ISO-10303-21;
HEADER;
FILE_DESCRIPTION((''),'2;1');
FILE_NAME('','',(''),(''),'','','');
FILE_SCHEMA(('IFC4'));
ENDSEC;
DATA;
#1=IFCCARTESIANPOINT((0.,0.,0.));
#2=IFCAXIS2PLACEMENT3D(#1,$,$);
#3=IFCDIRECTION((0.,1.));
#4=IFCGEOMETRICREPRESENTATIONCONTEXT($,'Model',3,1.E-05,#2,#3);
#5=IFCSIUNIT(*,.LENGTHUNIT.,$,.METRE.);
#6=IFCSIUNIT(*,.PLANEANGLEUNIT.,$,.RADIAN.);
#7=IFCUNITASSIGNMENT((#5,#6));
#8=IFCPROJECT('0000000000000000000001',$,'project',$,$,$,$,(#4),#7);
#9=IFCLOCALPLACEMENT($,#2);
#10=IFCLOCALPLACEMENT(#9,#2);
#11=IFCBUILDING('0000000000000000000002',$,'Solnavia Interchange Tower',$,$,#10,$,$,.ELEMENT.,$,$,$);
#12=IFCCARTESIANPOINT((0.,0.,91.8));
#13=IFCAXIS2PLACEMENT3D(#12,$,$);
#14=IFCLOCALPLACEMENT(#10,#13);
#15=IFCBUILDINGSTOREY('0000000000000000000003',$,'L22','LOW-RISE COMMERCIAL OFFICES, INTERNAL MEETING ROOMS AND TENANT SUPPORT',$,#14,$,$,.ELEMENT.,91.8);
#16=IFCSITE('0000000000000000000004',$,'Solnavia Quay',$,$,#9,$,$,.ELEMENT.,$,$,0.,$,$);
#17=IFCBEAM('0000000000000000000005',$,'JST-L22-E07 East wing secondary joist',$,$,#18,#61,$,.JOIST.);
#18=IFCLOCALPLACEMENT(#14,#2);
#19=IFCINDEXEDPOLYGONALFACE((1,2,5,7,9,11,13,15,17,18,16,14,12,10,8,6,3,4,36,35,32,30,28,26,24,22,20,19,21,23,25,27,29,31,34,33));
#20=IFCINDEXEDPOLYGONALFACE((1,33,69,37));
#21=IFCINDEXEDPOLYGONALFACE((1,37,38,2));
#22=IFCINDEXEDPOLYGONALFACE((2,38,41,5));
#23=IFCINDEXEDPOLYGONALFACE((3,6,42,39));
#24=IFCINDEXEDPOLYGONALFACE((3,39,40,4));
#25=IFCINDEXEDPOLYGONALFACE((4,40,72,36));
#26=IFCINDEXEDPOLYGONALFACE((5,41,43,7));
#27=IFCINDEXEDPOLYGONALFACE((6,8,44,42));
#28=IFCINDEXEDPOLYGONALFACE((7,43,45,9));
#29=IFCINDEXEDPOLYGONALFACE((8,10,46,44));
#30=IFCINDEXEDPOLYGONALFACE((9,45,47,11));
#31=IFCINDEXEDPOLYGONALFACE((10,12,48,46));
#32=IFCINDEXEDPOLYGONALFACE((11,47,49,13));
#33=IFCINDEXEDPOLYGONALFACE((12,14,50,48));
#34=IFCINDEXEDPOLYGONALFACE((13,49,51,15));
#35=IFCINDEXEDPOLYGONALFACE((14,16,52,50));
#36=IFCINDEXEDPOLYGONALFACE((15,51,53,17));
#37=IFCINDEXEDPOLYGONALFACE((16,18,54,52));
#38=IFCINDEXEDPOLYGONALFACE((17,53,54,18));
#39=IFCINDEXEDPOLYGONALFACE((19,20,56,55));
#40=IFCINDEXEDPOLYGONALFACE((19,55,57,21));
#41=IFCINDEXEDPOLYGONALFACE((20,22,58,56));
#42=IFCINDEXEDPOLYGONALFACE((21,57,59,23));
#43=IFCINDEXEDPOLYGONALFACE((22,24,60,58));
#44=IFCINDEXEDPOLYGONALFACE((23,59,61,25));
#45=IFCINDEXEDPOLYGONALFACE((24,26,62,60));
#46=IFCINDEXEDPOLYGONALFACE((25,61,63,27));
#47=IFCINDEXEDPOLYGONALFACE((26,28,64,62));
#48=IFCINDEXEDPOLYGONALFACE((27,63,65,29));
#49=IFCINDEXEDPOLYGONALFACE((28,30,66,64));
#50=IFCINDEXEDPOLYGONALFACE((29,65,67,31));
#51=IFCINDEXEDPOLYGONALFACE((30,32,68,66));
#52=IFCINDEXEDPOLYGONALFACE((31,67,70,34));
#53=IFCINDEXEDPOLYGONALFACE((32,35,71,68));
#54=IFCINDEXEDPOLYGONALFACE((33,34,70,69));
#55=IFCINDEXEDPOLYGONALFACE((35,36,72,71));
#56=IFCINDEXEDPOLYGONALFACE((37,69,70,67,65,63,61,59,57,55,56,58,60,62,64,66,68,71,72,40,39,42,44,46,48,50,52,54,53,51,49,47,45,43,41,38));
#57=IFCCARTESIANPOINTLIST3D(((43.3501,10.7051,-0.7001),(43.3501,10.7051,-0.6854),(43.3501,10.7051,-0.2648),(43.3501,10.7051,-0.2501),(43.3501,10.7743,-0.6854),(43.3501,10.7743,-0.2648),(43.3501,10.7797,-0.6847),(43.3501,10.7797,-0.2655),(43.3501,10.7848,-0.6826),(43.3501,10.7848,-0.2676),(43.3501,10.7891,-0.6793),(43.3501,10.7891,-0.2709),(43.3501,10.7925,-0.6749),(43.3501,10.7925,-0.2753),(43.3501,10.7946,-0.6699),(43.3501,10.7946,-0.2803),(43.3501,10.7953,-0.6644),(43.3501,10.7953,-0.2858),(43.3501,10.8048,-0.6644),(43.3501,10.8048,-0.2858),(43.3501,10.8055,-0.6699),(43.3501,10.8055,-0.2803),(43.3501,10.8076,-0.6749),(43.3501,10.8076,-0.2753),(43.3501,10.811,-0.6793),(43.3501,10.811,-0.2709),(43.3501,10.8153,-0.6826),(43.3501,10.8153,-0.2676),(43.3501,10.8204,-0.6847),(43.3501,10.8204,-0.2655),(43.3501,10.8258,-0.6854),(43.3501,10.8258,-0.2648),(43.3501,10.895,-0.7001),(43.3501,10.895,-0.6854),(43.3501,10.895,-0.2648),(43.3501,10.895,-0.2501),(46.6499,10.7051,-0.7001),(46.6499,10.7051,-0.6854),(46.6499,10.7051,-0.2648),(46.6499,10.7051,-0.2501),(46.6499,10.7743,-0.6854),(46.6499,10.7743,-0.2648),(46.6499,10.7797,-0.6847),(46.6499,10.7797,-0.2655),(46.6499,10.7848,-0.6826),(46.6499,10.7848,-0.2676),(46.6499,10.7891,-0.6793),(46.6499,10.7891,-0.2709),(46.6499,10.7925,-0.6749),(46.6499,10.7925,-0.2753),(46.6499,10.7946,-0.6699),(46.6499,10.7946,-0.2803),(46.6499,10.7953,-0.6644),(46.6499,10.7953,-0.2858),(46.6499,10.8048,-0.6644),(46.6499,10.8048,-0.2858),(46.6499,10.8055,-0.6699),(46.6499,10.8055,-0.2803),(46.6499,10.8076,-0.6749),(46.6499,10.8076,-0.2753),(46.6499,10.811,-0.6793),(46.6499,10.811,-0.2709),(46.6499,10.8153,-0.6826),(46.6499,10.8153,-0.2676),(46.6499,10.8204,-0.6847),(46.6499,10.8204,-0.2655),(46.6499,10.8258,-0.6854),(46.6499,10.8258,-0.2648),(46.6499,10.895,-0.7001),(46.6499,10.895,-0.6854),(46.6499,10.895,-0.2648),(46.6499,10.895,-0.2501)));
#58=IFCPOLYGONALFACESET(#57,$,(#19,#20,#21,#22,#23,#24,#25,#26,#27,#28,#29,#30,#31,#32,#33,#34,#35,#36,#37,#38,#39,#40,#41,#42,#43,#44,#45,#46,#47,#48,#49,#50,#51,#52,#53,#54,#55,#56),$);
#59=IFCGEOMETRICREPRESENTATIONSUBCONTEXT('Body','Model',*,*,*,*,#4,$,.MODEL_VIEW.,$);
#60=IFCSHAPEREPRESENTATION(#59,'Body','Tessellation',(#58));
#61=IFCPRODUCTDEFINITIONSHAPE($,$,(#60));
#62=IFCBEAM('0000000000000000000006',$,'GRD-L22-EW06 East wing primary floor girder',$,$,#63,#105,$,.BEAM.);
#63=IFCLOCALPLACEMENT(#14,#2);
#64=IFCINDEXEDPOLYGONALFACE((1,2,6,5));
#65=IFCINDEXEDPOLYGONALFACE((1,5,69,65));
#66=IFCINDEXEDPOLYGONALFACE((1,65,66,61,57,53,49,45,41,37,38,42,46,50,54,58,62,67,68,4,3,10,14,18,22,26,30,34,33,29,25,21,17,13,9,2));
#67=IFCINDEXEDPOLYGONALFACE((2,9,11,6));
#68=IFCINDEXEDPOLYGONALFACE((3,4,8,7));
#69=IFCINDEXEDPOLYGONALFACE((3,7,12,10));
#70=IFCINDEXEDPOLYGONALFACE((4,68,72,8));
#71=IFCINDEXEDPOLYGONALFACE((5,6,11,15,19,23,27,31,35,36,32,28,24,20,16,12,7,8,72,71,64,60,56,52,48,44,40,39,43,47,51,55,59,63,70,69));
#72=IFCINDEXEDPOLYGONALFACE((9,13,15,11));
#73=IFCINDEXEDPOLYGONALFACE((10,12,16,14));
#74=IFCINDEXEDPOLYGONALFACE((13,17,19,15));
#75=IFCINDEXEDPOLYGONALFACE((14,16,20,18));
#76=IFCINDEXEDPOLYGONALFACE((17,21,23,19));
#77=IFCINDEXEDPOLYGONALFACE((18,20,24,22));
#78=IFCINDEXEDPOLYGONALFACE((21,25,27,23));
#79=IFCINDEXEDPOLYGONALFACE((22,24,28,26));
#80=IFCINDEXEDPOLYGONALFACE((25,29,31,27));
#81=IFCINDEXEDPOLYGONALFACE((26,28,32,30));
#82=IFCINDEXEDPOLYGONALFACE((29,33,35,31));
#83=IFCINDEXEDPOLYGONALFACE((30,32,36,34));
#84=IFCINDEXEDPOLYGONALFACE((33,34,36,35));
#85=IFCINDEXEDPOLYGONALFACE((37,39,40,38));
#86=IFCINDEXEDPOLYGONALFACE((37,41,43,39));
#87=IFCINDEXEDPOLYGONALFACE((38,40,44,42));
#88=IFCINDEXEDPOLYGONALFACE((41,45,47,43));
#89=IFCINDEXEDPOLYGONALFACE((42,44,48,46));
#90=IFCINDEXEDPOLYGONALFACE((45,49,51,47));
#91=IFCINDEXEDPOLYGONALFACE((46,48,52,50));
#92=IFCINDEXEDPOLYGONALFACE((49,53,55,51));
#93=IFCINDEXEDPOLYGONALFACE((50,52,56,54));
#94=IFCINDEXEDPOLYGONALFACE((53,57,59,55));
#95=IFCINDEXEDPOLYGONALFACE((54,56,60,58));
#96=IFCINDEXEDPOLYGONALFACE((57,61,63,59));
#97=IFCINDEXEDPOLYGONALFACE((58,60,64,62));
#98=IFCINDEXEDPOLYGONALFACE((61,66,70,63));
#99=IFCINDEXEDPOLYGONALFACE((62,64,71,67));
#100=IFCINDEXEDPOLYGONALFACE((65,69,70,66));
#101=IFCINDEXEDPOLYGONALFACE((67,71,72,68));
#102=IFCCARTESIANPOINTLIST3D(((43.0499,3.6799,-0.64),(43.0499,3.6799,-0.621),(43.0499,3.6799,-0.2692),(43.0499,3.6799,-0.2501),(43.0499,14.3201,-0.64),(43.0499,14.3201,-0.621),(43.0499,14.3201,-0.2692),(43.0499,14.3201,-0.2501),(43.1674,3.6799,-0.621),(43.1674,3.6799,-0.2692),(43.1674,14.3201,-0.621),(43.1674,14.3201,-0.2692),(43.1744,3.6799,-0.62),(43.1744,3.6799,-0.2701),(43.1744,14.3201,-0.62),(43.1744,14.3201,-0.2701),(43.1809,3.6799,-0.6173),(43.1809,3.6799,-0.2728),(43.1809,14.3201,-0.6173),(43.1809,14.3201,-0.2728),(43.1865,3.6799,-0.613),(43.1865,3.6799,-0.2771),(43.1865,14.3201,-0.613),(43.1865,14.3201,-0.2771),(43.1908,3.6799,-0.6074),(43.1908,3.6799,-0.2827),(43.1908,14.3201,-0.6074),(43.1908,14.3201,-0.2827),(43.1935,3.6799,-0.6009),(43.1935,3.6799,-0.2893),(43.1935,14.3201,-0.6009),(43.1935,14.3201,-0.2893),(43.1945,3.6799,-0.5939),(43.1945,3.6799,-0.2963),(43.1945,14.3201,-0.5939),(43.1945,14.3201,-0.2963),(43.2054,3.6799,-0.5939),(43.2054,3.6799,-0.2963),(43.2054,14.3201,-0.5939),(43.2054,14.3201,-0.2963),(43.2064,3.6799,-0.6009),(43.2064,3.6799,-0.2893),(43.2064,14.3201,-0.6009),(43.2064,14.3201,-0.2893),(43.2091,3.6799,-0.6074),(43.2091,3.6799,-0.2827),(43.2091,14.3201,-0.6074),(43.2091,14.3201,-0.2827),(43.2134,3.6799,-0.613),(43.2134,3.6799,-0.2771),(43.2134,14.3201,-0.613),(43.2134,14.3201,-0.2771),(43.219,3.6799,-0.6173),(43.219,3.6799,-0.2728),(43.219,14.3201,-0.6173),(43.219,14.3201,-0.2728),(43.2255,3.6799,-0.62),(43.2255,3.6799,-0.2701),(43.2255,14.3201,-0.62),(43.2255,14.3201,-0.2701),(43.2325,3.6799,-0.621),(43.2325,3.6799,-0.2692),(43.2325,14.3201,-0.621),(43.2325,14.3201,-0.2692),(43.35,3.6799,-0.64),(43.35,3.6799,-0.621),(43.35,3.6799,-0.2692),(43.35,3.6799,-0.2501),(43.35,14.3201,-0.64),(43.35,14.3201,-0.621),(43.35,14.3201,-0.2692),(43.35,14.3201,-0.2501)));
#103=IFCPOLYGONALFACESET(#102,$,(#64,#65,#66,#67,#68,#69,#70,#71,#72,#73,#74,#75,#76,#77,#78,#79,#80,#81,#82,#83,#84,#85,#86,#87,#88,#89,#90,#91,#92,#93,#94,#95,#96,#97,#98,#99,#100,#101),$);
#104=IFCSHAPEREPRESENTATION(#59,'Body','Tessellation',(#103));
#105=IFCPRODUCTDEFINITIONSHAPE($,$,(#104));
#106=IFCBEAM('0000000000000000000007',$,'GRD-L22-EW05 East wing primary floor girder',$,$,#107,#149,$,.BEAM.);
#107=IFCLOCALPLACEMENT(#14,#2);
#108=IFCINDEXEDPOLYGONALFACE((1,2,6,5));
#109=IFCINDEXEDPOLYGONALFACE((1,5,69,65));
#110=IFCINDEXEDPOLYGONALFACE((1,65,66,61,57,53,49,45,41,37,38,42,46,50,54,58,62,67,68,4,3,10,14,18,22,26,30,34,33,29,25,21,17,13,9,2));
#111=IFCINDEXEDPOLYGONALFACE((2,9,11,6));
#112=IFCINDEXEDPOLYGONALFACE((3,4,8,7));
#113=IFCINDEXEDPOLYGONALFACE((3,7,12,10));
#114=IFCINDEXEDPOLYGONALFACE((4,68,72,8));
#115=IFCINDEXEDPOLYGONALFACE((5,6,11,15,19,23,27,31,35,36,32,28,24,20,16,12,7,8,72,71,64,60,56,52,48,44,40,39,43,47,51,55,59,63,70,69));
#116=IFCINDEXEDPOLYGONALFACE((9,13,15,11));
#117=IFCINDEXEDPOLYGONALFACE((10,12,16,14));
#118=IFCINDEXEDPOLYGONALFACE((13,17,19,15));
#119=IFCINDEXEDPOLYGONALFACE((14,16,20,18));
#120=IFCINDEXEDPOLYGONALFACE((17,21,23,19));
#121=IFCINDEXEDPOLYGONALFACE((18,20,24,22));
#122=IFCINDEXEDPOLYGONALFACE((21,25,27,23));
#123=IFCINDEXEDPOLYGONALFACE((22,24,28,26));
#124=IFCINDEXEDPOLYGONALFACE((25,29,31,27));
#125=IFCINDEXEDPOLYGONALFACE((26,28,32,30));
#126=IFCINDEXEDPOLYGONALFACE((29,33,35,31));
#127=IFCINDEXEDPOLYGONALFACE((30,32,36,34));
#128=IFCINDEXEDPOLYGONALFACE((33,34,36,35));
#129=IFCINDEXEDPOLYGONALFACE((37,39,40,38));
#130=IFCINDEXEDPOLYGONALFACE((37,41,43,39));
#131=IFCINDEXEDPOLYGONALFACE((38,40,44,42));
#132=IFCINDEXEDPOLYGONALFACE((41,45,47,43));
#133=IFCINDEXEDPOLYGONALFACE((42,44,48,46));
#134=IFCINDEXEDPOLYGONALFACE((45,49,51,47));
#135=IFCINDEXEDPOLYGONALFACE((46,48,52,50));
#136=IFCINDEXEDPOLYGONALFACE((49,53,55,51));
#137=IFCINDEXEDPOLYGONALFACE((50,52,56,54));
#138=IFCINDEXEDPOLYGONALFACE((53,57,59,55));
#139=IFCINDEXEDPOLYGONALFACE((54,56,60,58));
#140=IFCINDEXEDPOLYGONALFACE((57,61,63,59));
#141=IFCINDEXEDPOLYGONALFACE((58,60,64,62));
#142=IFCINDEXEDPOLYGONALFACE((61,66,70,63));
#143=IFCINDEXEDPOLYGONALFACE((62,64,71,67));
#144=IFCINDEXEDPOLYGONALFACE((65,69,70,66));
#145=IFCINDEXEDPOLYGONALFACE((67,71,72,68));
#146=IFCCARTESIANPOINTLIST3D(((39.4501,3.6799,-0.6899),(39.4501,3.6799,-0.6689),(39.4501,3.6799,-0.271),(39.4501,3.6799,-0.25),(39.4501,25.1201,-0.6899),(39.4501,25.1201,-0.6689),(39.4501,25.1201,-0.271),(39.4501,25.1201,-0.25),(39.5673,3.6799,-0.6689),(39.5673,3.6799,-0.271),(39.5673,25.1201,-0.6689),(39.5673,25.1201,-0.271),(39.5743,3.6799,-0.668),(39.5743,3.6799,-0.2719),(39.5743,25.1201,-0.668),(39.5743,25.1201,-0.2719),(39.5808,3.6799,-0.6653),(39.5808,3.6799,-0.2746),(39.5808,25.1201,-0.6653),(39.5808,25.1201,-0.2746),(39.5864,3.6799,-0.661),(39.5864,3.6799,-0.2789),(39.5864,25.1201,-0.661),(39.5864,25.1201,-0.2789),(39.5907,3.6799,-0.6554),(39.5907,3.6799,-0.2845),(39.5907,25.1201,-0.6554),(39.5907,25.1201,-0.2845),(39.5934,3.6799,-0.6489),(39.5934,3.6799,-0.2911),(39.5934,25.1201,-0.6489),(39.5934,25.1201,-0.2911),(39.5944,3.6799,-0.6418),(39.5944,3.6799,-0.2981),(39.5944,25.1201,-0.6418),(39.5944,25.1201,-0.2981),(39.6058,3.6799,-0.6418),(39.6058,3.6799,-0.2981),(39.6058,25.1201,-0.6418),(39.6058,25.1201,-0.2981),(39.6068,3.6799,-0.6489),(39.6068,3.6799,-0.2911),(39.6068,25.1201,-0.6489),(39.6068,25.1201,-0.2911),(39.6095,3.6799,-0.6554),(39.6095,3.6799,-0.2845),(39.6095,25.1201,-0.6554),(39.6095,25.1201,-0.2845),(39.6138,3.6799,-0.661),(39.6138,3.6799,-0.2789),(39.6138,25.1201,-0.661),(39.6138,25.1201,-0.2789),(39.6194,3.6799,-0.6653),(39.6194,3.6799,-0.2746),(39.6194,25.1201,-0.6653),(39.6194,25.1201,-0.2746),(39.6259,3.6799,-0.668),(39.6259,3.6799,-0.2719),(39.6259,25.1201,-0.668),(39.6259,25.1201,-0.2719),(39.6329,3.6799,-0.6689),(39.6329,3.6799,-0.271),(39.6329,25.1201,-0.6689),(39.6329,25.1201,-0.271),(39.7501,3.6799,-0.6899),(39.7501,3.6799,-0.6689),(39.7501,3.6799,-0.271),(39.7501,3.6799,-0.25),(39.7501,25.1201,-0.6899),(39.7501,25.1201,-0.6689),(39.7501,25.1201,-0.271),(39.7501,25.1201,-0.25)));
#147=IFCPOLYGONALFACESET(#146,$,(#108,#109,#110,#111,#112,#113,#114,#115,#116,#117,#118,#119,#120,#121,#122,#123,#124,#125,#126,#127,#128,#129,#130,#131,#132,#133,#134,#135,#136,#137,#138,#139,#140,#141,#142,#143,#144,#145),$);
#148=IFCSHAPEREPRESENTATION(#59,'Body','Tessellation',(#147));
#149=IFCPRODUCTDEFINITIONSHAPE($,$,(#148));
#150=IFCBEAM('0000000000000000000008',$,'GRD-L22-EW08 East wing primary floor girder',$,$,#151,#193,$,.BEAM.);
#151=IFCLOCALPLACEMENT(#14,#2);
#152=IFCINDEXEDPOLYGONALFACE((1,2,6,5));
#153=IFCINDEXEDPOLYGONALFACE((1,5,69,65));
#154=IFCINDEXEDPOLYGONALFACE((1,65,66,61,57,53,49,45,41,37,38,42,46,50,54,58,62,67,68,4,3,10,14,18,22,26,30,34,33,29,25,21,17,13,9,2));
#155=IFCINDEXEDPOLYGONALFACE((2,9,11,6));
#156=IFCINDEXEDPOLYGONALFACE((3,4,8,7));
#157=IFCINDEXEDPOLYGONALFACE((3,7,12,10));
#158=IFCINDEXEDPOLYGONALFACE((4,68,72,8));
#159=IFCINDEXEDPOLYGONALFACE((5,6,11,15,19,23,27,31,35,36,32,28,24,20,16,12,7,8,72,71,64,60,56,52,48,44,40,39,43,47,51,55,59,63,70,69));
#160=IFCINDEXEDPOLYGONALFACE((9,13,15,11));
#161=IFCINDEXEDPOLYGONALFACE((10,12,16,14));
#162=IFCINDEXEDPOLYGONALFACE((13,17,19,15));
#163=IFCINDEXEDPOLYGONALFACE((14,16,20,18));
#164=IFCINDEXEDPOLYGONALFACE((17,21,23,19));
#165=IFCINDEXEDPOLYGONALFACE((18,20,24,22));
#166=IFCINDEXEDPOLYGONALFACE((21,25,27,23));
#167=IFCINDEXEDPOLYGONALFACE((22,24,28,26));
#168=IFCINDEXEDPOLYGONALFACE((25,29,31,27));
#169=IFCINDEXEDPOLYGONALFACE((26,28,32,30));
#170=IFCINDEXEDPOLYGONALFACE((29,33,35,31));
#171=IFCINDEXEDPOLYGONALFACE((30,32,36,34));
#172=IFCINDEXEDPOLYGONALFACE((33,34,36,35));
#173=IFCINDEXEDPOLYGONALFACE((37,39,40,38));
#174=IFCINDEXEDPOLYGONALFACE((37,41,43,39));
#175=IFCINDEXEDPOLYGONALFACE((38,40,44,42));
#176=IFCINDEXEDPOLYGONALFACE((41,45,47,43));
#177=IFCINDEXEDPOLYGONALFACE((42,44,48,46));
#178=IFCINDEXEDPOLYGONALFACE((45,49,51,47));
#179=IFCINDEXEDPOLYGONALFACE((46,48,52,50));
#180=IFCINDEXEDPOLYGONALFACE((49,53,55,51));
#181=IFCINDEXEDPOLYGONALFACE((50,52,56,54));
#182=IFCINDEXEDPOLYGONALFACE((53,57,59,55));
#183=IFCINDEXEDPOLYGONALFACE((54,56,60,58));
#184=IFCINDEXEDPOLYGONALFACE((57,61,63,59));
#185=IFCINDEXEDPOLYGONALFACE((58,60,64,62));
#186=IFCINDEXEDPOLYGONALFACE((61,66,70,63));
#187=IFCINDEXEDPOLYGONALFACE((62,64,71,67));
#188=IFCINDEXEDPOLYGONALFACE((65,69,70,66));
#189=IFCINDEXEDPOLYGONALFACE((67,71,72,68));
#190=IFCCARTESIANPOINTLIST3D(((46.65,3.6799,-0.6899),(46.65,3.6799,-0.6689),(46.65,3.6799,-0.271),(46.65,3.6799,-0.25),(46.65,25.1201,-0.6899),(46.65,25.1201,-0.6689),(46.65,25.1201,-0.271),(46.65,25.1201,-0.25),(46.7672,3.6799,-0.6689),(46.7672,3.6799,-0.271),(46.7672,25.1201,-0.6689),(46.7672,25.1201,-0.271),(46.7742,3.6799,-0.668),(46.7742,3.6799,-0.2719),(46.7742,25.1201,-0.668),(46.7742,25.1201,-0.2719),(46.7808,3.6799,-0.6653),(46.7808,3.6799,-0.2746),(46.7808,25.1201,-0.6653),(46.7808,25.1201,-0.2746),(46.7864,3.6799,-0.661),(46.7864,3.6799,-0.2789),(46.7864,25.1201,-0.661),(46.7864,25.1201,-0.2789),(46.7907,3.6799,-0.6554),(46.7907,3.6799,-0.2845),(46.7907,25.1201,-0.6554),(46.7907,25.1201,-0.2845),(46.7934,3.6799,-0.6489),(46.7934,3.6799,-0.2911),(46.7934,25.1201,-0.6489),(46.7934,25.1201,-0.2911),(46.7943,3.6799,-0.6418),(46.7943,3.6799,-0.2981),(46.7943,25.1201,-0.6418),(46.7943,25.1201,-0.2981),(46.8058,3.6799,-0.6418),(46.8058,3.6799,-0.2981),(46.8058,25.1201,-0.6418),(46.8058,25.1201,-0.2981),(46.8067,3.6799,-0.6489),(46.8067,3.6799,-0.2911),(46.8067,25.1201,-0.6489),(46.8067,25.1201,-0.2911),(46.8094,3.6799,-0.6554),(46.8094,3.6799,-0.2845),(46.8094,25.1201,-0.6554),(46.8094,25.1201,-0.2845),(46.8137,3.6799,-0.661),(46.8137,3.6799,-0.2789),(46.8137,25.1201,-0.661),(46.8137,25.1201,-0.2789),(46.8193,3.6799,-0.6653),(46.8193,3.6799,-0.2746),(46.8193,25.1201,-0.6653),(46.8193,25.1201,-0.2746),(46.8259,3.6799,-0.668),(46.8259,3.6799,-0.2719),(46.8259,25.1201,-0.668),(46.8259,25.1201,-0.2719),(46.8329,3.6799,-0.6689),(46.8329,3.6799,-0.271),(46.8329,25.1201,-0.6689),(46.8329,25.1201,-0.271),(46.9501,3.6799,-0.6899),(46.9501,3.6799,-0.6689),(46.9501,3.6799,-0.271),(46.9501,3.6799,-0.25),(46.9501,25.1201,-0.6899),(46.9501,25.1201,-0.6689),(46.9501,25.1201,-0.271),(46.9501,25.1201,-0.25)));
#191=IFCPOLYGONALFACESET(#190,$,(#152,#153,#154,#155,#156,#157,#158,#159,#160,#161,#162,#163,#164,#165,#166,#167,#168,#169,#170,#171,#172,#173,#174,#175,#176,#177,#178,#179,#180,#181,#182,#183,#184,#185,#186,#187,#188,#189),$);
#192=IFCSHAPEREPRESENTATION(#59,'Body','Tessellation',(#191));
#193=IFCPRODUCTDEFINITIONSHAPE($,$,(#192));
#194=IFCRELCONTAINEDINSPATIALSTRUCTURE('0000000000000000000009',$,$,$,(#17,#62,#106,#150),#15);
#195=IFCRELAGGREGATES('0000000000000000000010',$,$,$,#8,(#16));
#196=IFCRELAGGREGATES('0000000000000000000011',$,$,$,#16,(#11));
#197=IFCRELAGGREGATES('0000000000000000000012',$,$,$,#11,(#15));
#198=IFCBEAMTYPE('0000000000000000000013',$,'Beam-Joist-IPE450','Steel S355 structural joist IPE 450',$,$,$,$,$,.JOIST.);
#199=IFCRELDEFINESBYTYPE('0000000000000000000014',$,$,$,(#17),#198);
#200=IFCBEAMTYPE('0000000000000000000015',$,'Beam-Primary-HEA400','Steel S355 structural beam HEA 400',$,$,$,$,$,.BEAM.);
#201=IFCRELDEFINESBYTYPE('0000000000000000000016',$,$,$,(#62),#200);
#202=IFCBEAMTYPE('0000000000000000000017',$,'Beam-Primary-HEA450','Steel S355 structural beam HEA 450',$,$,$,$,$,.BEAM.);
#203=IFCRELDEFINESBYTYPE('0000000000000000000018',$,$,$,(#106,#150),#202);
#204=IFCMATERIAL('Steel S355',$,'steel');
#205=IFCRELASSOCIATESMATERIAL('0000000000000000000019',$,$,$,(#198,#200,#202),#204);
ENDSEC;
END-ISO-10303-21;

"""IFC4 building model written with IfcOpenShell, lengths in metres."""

from ifc_helpers import new_model, si_unit, direction, frame, origin, origin_2d, place, context, subcontext, project, spatial, i_section, extrude, material, material_profile, profile_set, type_object, element, save


model = new_model("IFC4")

# Units and contexts
model_context = context("Model", 3, precision=1e-05, world=origin(), true_north=direction((0.0, 1.0)))
body_context = subcontext(model_context, "Body", "Model", "MODEL_VIEW")
ifc_project = project(units=[si_unit("LENGTHUNIT", "METRE"), si_unit("PLANEANGLEUNIT", "RADIAN")], contexts=[model_context])

# Site, building, storey
site_placement = place(None, origin())
site = spatial("IfcSite", under=ifc_project, at=site_placement, Name="Solnavia Quay", CompositionType="ELEMENT", RefElevation=0.0)
building_placement = place(site_placement, origin())
building = spatial("IfcBuilding", under=site, at=building_placement, Name="Solnavia Interchange Tower", CompositionType="ELEMENT")
storey_placement = place(building_placement, frame((0.0, 0.0, 91.8)))
storey = spatial("IfcBuildingStorey", under=building, at=storey_placement, Name="L22", Description="LOW-RISE COMMERCIAL OFFICES, INTERNAL MEETING ROOMS AND TENANT SUPPORT", CompositionType="ELEMENT", Elevation=91.8)

# Shared definitions
ifc_material_1 = material(Name="Steel S355", Category="steel")

# Beams
ifc_material_profile_1 = material_profile(ifc_material_1, i_section(OverallWidth=0.1899, OverallDepth=0.45, WebThickness=0.0095, FlangeThickness=0.0146, FilletRadius=0.021, at=origin_2d()), Name="IPE 450")
ifc_profile_set_1 = profile_set([ifc_material_profile_1], Name="Steel S355")
beam_type_1 = type_object("IfcBeamType", Name="Beam-Joist-IPE450", Description="Steel S355 structural joist IPE 450", PredefinedType="JOIST", material=ifc_profile_set_1)
beam_1_placement = place(storey_placement, frame((43.3501, 10.8, -0.4751), z_axis=(1.0, 0.0, 0.0), x_axis=(0.0, 1.0, 0.0)))
element("IfcBeam", 1, at=beam_1_placement, inside=storey, type_object=beam_type_1, Name="JST-L22-E07 East wing secondary joist", PredefinedType="JOIST", context=body_context, shape_type="SweptSolid", body=[
    extrude(i_section(OverallWidth=0.1899, OverallDepth=0.45, WebThickness=0.0095, FlangeThickness=0.0146, FilletRadius=0.021, at=origin_2d()), origin(), (0.0, 0.0, 1.0), 3.2998),
])
ifc_material_profile_2 = material_profile(ifc_material_1, i_section(OverallWidth=0.3, OverallDepth=0.3899, WebThickness=0.011, FlangeThickness=0.019, FilletRadius=0.0271, at=origin_2d()), Name="HEA 400")
ifc_profile_set_2 = profile_set([ifc_material_profile_2], Name="Steel S355")
beam_type_2 = type_object("IfcBeamType", Name="Beam-Primary-HEA400", Description="Steel S355 structural beam HEA 400", PredefinedType="BEAM", material=ifc_profile_set_2)
beam_2_placement = place(storey_placement, frame((43.2, 3.6799, -0.4451), z_axis=(0.0, 1.0, 0.0), x_axis=(-1.0, 0.0, 0.0)))
element("IfcBeam", 2, at=beam_2_placement, inside=storey, type_object=beam_type_2, Name="GRD-L22-EW06 East wing primary floor girder", PredefinedType="BEAM", context=body_context, shape_type="SweptSolid", body=[
    extrude(i_section(OverallWidth=0.3, OverallDepth=0.3899, WebThickness=0.011, FlangeThickness=0.019, FilletRadius=0.0271, at=origin_2d()), origin(), (0.0, 0.0, 1.0), 10.6401),
])
ifc_material_profile_3 = material_profile(ifc_material_1, i_section(OverallWidth=0.3, OverallDepth=0.4399, WebThickness=0.0115, FlangeThickness=0.021, FilletRadius=0.0271, at=origin_2d()), Name="HEA 450")
ifc_profile_set_3 = profile_set([ifc_material_profile_3], Name="Steel S355")
beam_type_3 = type_object("IfcBeamType", Name="Beam-Primary-HEA450", Description="Steel S355 structural beam HEA 450", PredefinedType="BEAM", material=ifc_profile_set_3)
for number, where, z_axis, x_axis, name in (
    (3, (39.6001, 3.6799, -0.47), (0.0, 1.0, 0.0), (-1.0, 0.0, 0.0), "GRD-L22-EW05 East wing primary floor girder"),
    (4, (46.8, 3.6799, -0.47), (0.0, 1.0, 0.0), (-1.0, 0.0, 0.0), "GRD-L22-EW08 East wing primary floor girder"),
):
    element("IfcBeam", number, at=place(storey_placement, frame(where, z_axis=z_axis, x_axis=x_axis)), inside=storey, type_object=beam_type_3, Name=name, PredefinedType="BEAM", context=body_context, shape_type="SweptSolid", body=[
        extrude(i_section(OverallWidth=0.3, OverallDepth=0.4399, WebThickness=0.0115, FlangeThickness=0.021, FilletRadius=0.0271, at=origin_2d()), origin(), (0.0, 0.0, 1.0), 21.4402),
    ])

save(model, "model.ifc")
